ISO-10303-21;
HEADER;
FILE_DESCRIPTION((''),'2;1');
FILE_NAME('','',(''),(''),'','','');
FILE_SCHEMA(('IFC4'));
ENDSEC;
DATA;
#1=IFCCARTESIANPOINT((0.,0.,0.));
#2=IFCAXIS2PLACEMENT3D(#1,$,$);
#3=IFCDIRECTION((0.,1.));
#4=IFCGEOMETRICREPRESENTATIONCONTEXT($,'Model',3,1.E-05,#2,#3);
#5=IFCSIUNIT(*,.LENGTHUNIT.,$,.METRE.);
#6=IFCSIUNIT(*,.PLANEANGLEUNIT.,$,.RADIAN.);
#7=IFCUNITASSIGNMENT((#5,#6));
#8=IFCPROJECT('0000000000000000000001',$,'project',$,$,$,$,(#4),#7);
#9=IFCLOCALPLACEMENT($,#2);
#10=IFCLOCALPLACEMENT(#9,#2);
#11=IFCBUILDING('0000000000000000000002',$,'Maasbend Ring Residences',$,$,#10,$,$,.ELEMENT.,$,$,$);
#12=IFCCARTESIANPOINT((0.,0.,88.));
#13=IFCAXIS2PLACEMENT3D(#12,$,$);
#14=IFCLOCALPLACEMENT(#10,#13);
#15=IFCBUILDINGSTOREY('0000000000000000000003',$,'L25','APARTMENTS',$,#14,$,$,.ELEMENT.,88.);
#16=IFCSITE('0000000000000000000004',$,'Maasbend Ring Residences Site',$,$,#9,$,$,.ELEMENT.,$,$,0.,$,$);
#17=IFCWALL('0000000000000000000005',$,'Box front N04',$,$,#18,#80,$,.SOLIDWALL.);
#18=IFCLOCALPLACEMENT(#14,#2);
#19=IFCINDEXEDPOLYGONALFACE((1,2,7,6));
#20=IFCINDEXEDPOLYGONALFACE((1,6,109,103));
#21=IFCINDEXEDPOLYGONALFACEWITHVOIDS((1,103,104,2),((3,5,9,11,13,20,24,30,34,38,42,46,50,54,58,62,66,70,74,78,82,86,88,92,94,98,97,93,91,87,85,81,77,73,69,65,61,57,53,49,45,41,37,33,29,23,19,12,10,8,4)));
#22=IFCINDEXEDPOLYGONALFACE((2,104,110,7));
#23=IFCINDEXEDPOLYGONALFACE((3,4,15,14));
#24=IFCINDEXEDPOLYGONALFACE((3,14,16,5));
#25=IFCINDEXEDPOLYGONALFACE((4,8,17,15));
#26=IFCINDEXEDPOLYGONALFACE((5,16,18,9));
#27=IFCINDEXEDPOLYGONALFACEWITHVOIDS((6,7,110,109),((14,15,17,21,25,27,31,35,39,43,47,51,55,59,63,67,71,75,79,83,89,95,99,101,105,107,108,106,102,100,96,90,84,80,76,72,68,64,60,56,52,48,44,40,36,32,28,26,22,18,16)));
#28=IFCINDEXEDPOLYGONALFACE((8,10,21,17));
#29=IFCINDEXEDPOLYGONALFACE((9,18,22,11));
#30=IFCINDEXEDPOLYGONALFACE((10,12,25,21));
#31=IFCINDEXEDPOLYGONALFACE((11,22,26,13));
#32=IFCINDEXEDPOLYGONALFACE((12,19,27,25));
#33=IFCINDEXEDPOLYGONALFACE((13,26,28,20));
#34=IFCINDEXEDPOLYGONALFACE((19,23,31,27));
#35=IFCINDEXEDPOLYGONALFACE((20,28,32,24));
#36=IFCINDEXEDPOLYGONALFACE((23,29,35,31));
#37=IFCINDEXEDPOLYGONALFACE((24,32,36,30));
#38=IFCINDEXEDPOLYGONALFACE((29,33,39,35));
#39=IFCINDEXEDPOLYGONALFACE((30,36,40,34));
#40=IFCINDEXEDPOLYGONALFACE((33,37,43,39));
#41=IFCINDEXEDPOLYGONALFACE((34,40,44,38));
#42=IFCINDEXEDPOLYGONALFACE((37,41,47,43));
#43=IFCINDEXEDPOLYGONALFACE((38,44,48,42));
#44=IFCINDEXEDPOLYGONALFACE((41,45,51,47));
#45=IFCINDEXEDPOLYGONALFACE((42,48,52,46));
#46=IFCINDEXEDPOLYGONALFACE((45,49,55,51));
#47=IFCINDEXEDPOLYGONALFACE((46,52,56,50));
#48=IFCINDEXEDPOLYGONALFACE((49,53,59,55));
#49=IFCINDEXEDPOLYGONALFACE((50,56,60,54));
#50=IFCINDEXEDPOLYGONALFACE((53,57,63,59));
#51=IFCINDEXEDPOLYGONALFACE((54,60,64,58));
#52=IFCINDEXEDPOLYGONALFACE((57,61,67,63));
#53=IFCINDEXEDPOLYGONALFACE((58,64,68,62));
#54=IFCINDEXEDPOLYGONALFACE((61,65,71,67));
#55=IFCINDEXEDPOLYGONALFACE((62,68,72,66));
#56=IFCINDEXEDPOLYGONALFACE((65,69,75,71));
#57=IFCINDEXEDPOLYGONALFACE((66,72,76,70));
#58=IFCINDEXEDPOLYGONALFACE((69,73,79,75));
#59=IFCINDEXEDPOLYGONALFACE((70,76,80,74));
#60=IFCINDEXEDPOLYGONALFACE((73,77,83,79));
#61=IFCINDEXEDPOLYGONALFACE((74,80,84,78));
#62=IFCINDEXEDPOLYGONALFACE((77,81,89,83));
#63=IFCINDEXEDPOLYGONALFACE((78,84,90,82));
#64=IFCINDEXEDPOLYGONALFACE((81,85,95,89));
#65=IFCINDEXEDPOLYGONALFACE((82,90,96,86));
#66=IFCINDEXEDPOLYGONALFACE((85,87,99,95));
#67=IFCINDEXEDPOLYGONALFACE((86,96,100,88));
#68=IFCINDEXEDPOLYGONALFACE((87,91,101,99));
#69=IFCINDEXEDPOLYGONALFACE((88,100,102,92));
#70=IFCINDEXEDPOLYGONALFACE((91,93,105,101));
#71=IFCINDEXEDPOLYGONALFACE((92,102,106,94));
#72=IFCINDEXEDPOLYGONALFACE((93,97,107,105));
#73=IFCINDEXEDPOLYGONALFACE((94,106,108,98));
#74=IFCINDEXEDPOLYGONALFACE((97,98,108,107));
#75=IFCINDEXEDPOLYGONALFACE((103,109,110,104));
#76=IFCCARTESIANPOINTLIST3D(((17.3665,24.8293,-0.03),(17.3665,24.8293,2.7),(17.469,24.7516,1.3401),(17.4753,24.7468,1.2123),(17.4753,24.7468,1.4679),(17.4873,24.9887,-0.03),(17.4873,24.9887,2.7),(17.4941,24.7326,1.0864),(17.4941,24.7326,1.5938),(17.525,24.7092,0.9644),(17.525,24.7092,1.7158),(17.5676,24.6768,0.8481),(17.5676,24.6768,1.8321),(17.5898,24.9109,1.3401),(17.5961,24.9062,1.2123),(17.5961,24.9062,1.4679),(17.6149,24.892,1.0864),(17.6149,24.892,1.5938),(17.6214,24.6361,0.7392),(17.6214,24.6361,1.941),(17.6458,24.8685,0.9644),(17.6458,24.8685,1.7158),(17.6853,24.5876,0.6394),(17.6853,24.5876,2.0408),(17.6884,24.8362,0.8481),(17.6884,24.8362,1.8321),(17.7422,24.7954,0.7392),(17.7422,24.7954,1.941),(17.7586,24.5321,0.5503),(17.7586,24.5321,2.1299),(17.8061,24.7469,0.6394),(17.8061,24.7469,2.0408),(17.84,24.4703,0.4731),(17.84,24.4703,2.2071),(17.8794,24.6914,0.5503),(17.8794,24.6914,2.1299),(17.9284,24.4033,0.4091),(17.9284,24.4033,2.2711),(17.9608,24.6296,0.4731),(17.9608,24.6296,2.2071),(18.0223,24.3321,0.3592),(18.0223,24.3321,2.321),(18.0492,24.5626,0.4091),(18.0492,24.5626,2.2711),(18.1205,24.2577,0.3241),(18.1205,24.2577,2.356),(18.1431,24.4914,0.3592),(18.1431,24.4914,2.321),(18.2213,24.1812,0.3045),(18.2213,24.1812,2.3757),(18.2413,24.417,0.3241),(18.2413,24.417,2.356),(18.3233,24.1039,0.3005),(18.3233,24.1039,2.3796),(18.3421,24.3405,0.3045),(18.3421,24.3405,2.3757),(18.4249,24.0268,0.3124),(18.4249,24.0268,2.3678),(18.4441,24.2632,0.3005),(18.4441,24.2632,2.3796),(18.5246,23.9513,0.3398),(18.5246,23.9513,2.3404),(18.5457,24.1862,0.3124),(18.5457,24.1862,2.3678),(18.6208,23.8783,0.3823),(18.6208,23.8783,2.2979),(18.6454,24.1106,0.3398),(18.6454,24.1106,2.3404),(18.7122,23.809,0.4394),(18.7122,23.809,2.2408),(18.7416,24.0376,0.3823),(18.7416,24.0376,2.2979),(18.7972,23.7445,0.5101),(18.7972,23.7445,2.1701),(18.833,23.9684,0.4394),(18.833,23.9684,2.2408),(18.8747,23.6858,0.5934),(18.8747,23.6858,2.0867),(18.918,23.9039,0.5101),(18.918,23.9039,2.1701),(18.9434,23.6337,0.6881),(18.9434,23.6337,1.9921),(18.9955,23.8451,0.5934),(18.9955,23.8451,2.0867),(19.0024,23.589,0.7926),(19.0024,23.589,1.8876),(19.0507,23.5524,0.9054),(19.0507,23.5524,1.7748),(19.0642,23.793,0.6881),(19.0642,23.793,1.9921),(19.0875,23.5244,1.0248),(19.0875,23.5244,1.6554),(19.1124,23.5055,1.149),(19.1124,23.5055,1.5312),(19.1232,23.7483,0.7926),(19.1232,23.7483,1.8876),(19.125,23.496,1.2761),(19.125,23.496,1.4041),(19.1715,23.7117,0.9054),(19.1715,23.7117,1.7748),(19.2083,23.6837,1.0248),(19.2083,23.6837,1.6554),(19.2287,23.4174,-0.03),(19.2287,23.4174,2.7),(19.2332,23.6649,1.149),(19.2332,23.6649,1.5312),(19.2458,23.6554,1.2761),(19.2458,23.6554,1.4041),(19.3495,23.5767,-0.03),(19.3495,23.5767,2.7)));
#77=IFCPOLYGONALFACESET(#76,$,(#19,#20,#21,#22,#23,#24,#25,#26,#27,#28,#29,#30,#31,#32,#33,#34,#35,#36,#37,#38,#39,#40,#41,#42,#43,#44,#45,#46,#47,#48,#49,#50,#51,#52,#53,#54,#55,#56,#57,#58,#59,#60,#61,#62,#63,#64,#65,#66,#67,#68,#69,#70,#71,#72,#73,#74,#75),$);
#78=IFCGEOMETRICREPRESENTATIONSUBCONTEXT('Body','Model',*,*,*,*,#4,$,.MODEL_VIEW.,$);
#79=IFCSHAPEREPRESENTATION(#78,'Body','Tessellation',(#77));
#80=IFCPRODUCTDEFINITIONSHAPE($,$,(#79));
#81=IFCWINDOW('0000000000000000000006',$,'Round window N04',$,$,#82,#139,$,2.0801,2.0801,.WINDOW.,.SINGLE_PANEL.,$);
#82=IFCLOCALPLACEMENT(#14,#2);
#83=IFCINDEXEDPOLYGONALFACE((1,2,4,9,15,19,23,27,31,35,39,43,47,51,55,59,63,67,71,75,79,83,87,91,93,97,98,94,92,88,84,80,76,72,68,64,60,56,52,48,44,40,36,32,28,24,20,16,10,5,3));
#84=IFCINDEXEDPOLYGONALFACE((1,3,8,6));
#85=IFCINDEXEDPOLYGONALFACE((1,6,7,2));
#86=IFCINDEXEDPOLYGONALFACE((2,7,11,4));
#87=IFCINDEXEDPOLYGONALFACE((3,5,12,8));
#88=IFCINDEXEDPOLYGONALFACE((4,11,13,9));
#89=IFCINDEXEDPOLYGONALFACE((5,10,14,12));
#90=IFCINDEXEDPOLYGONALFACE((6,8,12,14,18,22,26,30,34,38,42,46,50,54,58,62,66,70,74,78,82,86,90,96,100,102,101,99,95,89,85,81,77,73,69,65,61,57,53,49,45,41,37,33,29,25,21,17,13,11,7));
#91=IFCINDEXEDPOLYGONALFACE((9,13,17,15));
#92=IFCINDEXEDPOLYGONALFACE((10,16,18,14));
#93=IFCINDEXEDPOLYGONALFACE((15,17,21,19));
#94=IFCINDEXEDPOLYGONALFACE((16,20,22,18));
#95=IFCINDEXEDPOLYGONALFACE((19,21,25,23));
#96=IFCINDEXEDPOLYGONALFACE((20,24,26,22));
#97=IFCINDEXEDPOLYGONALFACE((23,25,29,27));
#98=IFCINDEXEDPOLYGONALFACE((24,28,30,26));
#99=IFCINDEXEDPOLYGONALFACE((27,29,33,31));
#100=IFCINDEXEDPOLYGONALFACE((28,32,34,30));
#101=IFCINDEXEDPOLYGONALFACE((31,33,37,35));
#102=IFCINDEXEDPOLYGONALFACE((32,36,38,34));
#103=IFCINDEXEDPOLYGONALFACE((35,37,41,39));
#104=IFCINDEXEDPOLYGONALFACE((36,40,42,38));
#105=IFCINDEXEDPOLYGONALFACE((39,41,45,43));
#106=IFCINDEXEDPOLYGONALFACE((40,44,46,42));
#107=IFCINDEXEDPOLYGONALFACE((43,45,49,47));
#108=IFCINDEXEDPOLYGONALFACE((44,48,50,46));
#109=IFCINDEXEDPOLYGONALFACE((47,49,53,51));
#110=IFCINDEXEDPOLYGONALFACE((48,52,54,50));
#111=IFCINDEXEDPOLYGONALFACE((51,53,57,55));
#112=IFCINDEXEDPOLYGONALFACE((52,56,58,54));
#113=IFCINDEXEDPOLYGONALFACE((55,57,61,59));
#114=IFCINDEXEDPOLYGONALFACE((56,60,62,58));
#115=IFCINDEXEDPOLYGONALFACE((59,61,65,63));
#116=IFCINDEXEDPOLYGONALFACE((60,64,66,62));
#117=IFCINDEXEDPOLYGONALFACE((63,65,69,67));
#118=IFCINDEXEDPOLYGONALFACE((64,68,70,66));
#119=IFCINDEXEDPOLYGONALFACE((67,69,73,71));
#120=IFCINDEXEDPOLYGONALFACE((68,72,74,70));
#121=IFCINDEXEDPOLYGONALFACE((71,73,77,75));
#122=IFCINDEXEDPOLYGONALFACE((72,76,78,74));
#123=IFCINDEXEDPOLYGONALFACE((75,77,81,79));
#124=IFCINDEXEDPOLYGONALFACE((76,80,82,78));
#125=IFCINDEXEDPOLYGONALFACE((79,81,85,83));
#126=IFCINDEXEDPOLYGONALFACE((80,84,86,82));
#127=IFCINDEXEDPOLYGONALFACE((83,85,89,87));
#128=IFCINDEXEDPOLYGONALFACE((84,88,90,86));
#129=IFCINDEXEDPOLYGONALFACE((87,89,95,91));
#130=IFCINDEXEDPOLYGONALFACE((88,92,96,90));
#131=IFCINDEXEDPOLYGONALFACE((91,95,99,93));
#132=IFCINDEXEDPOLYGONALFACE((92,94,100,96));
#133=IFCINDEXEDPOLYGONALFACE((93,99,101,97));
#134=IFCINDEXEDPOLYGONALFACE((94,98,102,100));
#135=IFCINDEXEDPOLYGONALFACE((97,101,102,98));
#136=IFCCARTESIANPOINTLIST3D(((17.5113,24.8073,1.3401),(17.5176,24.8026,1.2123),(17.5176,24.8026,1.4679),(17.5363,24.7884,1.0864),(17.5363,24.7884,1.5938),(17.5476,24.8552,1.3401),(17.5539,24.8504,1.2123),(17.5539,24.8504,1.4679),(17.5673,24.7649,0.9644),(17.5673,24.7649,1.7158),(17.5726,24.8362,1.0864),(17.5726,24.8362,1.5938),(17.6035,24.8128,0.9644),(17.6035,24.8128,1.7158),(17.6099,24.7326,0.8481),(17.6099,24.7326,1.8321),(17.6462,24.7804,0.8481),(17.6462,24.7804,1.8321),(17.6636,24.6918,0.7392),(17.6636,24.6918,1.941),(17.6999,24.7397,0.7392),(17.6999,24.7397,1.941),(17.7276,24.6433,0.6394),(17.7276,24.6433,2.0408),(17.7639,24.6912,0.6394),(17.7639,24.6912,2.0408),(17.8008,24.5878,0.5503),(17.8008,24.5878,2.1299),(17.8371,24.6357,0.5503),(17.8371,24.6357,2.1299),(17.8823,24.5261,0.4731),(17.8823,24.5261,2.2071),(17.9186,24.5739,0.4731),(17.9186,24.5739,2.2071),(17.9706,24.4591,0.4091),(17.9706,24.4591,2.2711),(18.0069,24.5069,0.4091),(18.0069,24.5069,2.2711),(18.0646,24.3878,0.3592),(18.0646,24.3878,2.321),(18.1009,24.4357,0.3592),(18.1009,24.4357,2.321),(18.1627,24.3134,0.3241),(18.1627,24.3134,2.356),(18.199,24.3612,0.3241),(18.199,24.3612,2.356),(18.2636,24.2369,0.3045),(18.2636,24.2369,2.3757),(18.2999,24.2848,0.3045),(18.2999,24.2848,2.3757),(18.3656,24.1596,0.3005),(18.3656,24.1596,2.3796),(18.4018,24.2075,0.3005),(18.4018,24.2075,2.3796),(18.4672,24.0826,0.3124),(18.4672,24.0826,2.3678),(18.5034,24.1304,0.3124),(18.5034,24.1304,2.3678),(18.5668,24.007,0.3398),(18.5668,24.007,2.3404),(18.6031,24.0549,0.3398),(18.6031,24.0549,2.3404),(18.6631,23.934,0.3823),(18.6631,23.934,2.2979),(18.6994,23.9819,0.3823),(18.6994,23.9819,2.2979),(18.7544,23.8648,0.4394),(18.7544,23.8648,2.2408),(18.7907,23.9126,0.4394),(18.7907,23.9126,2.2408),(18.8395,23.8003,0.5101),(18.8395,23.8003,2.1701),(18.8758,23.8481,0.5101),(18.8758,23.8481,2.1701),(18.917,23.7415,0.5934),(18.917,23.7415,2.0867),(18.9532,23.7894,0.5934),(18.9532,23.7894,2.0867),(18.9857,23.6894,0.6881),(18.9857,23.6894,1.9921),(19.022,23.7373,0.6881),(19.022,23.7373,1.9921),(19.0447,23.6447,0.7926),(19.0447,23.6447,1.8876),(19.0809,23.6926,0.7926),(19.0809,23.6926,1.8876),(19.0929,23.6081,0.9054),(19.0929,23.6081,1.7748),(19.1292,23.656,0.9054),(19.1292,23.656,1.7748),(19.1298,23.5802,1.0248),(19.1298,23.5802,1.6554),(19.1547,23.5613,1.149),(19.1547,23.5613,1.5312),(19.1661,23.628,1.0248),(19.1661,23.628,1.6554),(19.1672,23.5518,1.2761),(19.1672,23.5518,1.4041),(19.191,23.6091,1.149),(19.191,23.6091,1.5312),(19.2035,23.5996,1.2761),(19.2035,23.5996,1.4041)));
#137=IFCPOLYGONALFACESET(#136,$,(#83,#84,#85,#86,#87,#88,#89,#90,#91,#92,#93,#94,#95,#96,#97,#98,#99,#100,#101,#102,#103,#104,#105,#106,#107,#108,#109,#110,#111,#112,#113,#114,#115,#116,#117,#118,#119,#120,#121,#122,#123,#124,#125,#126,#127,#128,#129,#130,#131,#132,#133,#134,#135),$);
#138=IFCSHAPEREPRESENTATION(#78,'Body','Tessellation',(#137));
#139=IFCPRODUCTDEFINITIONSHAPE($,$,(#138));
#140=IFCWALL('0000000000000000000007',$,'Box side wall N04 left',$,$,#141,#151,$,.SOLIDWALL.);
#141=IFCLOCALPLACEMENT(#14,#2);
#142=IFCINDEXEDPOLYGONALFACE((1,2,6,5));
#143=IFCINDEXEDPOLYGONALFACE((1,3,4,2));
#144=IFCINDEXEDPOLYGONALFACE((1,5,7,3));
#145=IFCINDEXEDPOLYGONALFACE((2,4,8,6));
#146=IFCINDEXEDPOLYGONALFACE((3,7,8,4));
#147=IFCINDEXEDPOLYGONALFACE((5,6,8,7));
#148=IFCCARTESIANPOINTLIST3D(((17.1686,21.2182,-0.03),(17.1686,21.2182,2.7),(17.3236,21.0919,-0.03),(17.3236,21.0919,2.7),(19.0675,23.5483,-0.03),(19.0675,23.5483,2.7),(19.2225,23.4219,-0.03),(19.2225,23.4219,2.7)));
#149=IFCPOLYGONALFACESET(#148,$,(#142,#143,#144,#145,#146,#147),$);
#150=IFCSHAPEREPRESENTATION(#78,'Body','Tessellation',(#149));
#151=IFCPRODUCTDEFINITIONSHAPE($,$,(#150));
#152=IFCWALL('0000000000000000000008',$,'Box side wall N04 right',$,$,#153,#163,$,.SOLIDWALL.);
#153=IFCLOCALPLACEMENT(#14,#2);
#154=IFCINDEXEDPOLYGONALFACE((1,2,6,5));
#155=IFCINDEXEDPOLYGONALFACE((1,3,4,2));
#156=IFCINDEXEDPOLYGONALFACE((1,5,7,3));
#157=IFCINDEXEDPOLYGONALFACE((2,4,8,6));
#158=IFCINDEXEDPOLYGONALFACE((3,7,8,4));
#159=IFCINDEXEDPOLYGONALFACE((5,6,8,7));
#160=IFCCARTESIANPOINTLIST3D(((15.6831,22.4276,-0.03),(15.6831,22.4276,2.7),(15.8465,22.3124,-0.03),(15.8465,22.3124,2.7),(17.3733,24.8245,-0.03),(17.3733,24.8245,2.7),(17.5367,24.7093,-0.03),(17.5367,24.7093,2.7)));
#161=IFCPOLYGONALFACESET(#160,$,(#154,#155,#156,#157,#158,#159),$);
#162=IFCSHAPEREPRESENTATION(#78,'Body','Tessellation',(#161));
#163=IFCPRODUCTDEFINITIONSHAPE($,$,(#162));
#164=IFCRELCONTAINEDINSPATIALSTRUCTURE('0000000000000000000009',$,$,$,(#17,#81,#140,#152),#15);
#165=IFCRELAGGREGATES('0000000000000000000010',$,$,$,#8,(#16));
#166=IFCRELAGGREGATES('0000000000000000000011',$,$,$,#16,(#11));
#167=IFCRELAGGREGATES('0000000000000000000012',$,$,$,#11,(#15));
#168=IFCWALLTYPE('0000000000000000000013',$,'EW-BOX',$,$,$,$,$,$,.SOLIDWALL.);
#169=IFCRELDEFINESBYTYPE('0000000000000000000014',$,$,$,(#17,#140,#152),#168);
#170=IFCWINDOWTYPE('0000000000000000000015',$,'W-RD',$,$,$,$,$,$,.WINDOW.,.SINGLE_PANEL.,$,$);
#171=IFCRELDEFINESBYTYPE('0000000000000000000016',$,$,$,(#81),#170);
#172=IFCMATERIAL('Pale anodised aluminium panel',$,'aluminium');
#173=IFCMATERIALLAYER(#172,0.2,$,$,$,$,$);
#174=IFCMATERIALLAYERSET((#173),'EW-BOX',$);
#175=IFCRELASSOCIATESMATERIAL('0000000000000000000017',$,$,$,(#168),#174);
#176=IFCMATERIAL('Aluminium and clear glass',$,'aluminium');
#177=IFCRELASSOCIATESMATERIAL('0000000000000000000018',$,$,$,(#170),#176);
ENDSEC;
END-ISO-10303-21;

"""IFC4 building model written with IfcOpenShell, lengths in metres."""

from ifc_helpers import new_model, si_unit, direction, frame, frame_2d, origin, place, context, subcontext, project, spatial, rectangle, circle, extrude, material, layer, layer_set, type_object, element, fill, save


model = new_model("IFC4")

# Units and contexts
model_context = context("Model", 3, precision=1e-05, world=origin(), true_north=direction((0.0, 1.0)))
body_context = subcontext(model_context, "Body", "Model", "MODEL_VIEW")
ifc_project = project(units=[si_unit("LENGTHUNIT", "METRE"), si_unit("PLANEANGLEUNIT", "RADIAN")], contexts=[model_context])

# Site, building, storey
site_placement = place(None, origin())
site = spatial("IfcSite", under=ifc_project, at=site_placement, Name="Maasbend Ring Residences Site", CompositionType="ELEMENT", RefElevation=0.0)
building_placement = place(site_placement, origin())
building = spatial("IfcBuilding", under=site, at=building_placement, Name="Maasbend Ring Residences", CompositionType="ELEMENT")
storey_placement = place(building_placement, frame((0.0, 0.0, 88.0)))
storey = spatial("IfcBuildingStorey", under=building, at=storey_placement, Name="L25", Description="APARTMENTS", CompositionType="ELEMENT", Elevation=88.0)

# Shared definitions
ifc_material_1 = material(Name="Pale anodised aluminium panel", Category="aluminium")
ifc_layer_1 = layer(ifc_material_1, 0.2)
ifc_layer_set_1 = layer_set([ifc_layer_1], Name="EW-BOX")
wall_type_1 = type_object("IfcWallType", Name="EW-BOX", PredefinedType="SOLIDWALL", material=ifc_layer_set_1)
ifc_material_2 = material(Name="Aluminium and clear glass", Category="aluminium")
window_type_1 = type_object("IfcWindowType", Name="W-RD", PartitioningType="SINGLE_PANEL", PredefinedType="WINDOW", material=ifc_material_2)

# Wall, opening, window
wall_1_placement = place(storey_placement, frame((19.2891, 23.4971, -0.03), z_axis=(0.0, 0.0, 1.0), x_axis=(-0.796842, 0.604188, 0.0)))
wall_1 = element("IfcWall", 1, at=wall_1_placement, inside=storey, type_object=wall_type_1, Name="Box front N04", PredefinedType="SOLIDWALL", context=body_context, shape_type="SweptSolid", body=[
    extrude(rectangle(XDim=2.3369, YDim=0.2, at=frame_2d((1.1685, 0.0))), origin(), (0.0, 0.0, 1.0), 2.73),
])
opening_1_placement = place(wall_1_placement, frame((0.1282, 0.0, 0.3301)))
opening_1 = element("IfcOpeningElement", 2, at=opening_1_placement, cuts=wall_1, PredefinedType="OPENING", context=body_context, shape_type="SweptSolid", body=[
    extrude(circle(Radius=1.04, at=frame_2d((1.04, 1.04))), frame((0.0, 0.1099, 0.0), z_axis=(0.0, -1.0, 0.0), x_axis=(1.0, 0.0, 0.0)), (0.0, 0.0, 1.0), 0.22),
])
window_1_placement = place(opening_1_placement, origin())
window_1 = element("IfcWindow", 3, at=window_1_placement, inside=storey, type_object=window_type_1, Name="Round window N04", OverallHeight=2.0801, OverallWidth=2.0801, PartitioningType="SINGLE_PANEL", PredefinedType="WINDOW", context=body_context, shape_type="SweptSolid", body=[
    extrude(circle(Radius=1.04, at=frame_2d((1.04, 1.04))), frame((0.0, 0.03, 0.0), z_axis=(0.0, -1.0, 0.0), x_axis=(1.0, 0.0, 0.0)), (0.0, 0.0, 1.0), 0.0601),
])
fill(opening_1, window_1)

# Walls
wall_2_placement = place(storey_placement, frame((17.2461, 21.155, -0.03), z_axis=(0.0, 0.0, 1.0), x_axis=(0.631742, 0.775179, 0.0)))
element("IfcWall", 4, at=wall_2_placement, inside=storey, type_object=wall_type_1, Name="Box side wall N04 left", PredefinedType="SOLIDWALL", context=body_context, shape_type="SweptSolid", body=[
    extrude(rectangle(XDim=3.0059, YDim=0.2, at=frame_2d((1.5029, 0.0))), origin(), (0.0, 0.0, 1.0), 2.73),
])
wall_3_placement = place(storey_placement, frame((15.7649, 22.3701, -0.03), z_axis=(0.0, 0.0, 1.0), x_axis=(0.576275, 0.817256, 0.0)))
element("IfcWall", 5, at=wall_3_placement, inside=storey, type_object=wall_type_1, Name="Box side wall N04 right", PredefinedType="SOLIDWALL", context=body_context, shape_type="SweptSolid", body=[
    extrude(rectangle(XDim=2.9329, YDim=0.2, at=frame_2d((1.4663, 0.0))), origin(), (0.0, 0.0, 1.0), 2.73),
])

save(model, "model.ifc")
